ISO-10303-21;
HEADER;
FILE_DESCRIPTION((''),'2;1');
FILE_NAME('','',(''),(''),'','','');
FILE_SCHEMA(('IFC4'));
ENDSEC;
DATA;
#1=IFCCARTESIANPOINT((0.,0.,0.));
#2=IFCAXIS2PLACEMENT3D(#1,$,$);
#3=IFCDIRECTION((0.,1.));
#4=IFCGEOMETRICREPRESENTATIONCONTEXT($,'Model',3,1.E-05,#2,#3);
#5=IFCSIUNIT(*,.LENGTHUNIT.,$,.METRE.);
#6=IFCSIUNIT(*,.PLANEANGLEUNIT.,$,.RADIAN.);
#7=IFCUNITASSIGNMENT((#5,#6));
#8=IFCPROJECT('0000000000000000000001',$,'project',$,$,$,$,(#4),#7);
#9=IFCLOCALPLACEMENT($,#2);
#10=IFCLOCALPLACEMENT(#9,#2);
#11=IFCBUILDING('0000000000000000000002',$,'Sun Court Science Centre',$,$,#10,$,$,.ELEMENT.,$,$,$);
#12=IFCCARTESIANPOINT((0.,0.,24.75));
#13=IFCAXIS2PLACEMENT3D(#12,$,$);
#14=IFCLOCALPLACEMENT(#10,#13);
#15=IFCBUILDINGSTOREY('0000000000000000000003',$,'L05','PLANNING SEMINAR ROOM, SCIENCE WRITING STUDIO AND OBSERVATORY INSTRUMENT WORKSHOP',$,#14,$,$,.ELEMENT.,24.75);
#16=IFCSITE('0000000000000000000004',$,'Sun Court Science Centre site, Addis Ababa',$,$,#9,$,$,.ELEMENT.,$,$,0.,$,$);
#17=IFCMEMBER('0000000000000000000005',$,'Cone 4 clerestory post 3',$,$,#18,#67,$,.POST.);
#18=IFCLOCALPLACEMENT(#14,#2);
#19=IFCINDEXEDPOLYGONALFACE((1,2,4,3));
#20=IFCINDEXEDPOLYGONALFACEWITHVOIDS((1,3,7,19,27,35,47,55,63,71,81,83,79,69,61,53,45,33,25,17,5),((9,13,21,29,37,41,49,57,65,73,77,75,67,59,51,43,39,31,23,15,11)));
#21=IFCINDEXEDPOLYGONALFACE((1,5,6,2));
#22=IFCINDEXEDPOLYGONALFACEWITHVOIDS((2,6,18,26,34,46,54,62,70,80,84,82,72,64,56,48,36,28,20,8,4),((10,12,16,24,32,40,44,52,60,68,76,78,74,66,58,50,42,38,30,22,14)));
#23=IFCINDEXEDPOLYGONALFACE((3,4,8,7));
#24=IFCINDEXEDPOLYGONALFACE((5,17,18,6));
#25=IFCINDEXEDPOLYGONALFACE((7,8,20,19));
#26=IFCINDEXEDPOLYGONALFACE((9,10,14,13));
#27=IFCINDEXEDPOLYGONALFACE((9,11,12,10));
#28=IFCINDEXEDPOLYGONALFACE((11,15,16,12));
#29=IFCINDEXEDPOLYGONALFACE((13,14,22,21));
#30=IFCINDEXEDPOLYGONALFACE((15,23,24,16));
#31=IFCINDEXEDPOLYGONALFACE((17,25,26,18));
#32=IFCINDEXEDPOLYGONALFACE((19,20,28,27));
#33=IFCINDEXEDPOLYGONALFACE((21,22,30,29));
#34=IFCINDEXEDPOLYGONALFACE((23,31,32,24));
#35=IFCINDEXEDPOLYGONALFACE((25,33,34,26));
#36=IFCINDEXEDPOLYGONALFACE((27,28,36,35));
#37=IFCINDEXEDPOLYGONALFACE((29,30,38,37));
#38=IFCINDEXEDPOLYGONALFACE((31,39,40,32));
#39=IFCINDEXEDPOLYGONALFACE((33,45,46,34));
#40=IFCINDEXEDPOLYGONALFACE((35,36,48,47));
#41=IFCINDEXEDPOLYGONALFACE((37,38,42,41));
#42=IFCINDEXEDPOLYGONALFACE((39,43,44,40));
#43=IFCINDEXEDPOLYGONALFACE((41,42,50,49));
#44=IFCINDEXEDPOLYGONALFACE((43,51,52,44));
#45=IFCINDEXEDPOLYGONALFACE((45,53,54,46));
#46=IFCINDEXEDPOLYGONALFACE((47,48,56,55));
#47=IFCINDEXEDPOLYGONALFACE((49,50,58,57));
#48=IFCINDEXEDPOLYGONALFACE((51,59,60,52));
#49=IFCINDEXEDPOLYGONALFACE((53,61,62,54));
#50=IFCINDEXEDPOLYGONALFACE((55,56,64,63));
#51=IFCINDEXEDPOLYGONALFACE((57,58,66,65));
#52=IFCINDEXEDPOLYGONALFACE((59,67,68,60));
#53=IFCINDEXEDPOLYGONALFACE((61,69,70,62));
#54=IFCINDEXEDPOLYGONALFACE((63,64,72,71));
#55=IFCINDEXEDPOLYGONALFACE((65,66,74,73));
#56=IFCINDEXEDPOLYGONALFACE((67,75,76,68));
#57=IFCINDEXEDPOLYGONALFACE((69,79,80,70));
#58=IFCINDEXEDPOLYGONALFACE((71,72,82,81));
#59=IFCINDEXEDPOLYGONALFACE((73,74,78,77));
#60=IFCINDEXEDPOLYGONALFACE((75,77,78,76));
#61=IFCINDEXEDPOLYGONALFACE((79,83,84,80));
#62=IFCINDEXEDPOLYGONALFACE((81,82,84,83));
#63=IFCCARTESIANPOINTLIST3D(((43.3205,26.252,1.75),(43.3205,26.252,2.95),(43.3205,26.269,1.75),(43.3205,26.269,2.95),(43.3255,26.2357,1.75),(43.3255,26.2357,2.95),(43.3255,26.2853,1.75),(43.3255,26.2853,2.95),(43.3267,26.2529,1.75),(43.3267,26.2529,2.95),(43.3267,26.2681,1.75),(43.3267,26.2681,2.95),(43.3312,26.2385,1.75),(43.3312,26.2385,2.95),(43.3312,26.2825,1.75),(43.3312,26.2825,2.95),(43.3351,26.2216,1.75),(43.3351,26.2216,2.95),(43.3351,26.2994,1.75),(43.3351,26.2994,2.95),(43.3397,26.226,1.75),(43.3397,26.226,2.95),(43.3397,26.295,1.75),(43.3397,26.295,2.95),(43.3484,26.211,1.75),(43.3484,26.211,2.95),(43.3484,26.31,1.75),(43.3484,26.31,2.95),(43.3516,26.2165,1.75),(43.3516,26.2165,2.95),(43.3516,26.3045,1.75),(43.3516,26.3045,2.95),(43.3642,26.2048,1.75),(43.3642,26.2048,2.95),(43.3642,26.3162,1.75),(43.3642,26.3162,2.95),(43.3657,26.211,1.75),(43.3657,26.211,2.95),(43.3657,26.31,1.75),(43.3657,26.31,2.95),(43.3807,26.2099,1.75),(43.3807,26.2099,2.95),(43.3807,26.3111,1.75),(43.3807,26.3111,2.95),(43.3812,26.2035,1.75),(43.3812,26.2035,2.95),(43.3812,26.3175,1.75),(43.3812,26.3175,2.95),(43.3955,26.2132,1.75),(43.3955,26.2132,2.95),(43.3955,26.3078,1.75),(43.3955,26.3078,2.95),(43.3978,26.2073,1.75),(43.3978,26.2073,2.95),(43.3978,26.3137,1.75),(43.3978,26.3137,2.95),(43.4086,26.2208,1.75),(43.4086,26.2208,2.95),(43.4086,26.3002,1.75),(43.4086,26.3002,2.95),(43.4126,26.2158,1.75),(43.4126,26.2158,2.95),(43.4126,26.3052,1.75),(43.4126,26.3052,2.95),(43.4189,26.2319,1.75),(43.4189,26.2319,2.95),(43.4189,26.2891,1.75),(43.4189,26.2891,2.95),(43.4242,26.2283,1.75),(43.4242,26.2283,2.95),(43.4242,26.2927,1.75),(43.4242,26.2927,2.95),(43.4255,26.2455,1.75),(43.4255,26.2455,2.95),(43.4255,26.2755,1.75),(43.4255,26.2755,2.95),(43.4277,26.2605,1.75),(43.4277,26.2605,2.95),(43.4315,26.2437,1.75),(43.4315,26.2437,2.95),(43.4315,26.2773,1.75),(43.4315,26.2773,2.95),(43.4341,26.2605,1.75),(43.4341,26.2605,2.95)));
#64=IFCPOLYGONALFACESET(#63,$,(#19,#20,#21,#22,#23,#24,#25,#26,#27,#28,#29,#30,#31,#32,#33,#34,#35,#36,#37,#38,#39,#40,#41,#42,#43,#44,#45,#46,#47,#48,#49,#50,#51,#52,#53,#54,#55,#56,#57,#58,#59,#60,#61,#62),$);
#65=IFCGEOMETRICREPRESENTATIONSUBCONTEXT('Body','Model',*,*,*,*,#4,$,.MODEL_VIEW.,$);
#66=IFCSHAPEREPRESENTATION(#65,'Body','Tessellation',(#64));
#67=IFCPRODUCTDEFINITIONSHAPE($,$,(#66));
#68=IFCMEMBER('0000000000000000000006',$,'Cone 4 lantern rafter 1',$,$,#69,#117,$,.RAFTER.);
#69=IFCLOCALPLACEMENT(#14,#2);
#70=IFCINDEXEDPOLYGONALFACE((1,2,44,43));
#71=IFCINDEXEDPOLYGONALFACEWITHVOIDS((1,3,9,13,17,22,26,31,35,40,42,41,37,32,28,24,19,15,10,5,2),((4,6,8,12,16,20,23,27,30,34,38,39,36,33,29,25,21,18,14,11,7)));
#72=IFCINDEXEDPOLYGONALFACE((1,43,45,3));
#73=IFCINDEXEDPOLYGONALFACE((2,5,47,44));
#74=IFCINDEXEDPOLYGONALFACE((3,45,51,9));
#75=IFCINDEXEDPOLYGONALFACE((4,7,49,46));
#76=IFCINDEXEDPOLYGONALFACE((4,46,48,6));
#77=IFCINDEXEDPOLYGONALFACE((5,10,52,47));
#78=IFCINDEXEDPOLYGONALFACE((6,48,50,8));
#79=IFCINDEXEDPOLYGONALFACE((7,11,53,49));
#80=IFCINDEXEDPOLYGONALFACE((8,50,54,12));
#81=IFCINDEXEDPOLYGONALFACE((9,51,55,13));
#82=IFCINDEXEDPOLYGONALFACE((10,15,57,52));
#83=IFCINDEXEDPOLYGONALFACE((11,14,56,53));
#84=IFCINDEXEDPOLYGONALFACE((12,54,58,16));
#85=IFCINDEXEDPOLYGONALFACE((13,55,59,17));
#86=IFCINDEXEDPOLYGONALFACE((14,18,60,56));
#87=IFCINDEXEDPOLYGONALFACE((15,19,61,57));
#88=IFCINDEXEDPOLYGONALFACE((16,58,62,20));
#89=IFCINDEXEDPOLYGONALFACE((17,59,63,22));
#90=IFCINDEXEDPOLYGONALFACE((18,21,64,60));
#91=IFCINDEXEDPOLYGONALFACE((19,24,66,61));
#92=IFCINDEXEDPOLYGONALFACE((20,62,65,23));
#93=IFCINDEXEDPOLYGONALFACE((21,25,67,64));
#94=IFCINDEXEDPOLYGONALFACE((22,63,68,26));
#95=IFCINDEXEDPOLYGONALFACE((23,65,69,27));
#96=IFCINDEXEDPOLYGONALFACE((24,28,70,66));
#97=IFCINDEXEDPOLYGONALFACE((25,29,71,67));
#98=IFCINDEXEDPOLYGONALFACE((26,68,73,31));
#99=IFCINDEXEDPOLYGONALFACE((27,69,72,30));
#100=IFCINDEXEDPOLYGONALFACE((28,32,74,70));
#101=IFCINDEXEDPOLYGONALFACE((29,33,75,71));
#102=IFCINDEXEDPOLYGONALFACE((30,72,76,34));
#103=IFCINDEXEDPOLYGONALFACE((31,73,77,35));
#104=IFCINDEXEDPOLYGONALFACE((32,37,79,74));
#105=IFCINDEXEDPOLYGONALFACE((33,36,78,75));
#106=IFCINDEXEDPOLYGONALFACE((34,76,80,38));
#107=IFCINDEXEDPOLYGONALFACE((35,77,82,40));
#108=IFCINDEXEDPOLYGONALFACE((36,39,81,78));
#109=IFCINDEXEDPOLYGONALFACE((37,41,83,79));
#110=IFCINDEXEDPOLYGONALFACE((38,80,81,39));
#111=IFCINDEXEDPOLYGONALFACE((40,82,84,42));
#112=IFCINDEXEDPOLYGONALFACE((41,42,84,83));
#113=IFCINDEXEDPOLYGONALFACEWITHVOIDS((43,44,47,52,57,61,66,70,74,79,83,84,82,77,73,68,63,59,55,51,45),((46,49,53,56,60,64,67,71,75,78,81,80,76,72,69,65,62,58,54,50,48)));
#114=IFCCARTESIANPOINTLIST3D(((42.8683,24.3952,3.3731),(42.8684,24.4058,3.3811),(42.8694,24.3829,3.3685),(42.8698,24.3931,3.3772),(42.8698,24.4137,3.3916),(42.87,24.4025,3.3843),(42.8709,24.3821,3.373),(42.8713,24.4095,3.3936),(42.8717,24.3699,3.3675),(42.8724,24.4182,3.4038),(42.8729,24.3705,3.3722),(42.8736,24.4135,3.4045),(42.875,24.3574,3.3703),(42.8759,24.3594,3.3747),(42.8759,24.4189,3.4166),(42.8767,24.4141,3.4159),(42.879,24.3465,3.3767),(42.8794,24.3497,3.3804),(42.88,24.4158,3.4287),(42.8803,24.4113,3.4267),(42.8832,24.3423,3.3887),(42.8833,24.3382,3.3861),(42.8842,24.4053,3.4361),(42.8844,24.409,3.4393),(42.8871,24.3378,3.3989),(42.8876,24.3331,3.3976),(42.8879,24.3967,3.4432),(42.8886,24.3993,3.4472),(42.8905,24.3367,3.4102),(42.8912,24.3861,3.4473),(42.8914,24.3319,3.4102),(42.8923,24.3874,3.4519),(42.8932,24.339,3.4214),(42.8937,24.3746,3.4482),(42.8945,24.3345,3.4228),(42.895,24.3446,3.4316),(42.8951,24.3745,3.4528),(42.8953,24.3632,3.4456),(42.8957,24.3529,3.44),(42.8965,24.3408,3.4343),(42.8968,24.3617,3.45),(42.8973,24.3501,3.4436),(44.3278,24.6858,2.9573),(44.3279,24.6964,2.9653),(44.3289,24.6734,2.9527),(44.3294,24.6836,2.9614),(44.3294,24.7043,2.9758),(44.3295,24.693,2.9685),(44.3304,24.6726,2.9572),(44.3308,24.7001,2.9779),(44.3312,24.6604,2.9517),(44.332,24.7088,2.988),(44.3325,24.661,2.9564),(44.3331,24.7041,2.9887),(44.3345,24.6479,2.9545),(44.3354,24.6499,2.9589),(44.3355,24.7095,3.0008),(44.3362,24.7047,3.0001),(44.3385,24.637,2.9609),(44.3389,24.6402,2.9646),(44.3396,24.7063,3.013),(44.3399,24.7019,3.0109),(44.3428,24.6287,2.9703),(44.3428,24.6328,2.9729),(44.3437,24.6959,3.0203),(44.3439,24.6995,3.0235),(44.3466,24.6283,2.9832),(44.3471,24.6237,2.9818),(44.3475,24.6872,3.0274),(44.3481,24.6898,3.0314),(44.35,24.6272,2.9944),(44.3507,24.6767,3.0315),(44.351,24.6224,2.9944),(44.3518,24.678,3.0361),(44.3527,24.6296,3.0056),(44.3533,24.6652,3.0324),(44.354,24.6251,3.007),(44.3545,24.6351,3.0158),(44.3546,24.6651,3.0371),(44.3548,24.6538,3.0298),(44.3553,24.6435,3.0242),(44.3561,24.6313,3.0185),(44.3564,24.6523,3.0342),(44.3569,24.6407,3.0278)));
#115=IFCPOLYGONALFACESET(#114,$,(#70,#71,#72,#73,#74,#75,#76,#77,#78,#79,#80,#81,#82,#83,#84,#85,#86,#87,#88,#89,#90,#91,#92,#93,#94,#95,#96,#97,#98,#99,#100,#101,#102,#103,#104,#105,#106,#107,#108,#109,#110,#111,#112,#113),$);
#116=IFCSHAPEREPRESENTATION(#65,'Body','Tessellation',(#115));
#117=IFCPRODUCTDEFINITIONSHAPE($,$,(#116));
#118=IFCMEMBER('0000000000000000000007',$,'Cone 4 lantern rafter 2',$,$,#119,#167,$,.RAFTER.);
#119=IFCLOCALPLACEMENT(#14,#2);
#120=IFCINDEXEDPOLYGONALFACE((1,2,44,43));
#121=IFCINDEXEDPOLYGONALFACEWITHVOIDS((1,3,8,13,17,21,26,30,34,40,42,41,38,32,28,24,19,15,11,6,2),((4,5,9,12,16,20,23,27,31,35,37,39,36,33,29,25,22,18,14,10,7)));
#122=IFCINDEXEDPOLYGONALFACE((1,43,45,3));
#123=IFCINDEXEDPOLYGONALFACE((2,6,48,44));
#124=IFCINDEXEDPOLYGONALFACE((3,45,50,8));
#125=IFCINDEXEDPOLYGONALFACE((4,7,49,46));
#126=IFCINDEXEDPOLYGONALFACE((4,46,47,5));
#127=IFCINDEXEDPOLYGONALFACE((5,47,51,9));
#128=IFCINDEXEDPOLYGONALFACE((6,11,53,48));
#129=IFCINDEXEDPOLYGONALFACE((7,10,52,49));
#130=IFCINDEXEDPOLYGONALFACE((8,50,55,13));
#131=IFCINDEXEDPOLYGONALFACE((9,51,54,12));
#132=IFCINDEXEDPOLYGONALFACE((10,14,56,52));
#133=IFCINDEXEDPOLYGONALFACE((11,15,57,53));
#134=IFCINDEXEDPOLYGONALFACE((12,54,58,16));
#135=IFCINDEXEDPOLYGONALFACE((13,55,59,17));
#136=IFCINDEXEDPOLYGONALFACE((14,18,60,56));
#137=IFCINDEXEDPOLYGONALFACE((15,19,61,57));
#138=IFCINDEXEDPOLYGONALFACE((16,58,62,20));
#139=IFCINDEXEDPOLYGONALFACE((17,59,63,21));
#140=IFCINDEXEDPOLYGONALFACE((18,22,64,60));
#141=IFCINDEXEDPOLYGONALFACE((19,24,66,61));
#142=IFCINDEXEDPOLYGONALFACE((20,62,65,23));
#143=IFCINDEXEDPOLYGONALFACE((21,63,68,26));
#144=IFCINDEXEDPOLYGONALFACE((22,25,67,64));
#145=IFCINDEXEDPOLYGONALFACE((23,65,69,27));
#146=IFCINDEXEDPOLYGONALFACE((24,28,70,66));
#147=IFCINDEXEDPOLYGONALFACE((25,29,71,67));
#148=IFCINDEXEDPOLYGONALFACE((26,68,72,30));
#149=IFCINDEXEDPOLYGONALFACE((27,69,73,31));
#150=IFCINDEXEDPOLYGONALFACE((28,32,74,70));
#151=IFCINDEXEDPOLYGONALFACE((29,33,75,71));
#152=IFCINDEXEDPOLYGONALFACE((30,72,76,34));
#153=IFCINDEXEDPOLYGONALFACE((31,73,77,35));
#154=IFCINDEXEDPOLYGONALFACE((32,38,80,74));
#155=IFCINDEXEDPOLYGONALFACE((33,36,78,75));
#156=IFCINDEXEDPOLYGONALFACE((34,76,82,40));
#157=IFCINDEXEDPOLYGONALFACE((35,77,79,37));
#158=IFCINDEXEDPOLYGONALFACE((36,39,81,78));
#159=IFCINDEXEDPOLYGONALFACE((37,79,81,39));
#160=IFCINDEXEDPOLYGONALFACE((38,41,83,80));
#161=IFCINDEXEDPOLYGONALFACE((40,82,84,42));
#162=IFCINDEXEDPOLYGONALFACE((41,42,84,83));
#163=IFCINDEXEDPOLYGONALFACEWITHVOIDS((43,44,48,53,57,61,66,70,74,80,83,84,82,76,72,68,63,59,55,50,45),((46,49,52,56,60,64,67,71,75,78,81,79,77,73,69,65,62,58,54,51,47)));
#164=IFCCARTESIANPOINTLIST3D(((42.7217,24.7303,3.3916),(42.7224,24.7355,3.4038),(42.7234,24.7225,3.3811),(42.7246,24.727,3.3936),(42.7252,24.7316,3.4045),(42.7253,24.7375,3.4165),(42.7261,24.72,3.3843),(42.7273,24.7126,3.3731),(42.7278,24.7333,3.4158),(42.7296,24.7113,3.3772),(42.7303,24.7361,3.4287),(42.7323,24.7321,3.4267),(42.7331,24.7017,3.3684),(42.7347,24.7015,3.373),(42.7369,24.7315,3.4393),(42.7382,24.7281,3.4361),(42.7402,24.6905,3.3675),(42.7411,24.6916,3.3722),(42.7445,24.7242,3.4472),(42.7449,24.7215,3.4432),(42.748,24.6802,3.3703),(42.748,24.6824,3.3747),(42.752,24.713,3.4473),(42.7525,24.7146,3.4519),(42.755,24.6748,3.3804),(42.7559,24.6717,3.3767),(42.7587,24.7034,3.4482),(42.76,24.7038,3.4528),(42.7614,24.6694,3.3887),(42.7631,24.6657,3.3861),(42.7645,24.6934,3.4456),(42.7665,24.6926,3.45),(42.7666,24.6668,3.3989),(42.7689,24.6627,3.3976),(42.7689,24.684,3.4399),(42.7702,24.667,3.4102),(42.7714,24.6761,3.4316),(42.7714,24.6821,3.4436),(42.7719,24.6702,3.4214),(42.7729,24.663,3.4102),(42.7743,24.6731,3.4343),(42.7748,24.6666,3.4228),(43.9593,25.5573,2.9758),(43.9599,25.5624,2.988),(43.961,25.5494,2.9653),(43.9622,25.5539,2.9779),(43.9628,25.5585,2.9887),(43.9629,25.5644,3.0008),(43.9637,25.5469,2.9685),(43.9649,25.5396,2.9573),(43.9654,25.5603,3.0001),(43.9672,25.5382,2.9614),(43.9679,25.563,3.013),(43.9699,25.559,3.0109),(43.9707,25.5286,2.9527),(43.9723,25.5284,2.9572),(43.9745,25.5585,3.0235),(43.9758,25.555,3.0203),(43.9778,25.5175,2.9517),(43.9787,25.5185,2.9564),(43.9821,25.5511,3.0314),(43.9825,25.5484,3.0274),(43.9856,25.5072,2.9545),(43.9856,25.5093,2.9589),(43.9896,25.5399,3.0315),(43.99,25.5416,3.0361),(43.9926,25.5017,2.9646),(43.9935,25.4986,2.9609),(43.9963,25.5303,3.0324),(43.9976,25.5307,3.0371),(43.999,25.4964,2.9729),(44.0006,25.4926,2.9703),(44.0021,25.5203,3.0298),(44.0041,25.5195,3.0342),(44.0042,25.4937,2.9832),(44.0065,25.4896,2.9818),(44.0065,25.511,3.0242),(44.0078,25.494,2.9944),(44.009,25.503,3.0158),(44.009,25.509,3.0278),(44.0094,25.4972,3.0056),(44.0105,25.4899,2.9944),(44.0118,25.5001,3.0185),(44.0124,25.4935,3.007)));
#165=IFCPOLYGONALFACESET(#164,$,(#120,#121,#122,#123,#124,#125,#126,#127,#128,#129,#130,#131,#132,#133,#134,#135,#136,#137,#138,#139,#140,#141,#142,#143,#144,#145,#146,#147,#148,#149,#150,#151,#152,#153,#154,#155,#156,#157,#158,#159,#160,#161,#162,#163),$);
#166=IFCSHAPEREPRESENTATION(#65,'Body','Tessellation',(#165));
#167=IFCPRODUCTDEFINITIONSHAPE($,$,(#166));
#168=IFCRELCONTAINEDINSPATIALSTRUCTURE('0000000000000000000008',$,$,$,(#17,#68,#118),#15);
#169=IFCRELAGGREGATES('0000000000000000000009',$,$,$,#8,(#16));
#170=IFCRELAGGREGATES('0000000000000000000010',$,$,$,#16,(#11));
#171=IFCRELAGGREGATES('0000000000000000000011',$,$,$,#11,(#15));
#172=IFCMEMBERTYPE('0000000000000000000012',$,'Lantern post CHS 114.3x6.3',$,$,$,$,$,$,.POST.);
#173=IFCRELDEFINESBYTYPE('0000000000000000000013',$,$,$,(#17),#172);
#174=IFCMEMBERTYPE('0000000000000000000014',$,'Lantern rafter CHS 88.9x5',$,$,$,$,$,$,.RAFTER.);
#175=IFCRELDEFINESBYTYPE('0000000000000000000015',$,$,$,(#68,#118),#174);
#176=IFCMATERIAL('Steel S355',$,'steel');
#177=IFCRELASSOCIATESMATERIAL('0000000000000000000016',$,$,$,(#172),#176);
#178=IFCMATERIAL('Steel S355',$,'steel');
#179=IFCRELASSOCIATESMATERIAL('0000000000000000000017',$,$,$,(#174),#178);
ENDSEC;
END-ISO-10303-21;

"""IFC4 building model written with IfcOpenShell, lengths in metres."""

from ifc_helpers import new_model, si_unit, direction, frame, origin, origin_2d, place, context, subcontext, project, spatial, hollow_circle, extrude, material, material_profile, profile_set, type_object, element, save


model = new_model("IFC4")

# Units and contexts
model_context = context("Model", 3, precision=1e-05, world=origin(), true_north=direction((0.0, 1.0)))
body_context = subcontext(model_context, "Body", "Model", "MODEL_VIEW")
ifc_project = project(units=[si_unit("LENGTHUNIT", "METRE"), si_unit("PLANEANGLEUNIT", "RADIAN")], contexts=[model_context])

# Site, building, storey
site_placement = place(None, origin())
site = spatial("IfcSite", under=ifc_project, at=site_placement, Name="Sun Court Science Centre site, Addis Ababa", CompositionType="ELEMENT", RefElevation=0.0)
building_placement = place(site_placement, origin())
building = spatial("IfcBuilding", under=site, at=building_placement, Name="Sun Court Science Centre", CompositionType="ELEMENT")
storey_placement = place(building_placement, frame((0.0, 0.0, 24.75)))
storey = spatial("IfcBuildingStorey", under=building, at=storey_placement, Name="L05", Description="PLANNING SEMINAR ROOM, SCIENCE WRITING STUDIO AND OBSERVATORY INSTRUMENT WORKSHOP", CompositionType="ELEMENT", Elevation=24.75)

# Members
ifc_material_1 = material(Name="Steel S355", Category="steel")
ifc_material_profile_1 = material_profile(ifc_material_1, hollow_circle(Radius=0.0571, WallThickness=0.0063, at=origin_2d()), Name="CHS 114.3x6.3")
ifc_profile_set_1 = profile_set([ifc_material_profile_1], Name="Steel S355")
member_type_1 = type_object("IfcMemberType", Name="Lantern post CHS 114.3x6.3", PredefinedType="POST", material=ifc_profile_set_1)
for number, where, z_axis, x_axis, name in (
    (1, (43.377, 26.2605, 1.75), (0.0, 0.0, 1.0), (1.0, 0.0, 0.0), "Cone 4 clerestory post 3"),
):
    element("IfcMember", number, at=place(storey_placement, frame(where, z_axis=z_axis, x_axis=x_axis)), inside=storey, type_object=member_type_1, Name=name, PredefinedType="POST", context=body_context, shape_type="SweptSolid", body=[
        extrude(hollow_circle(Radius=0.0571, WallThickness=0.0063, at=origin_2d()), origin(), (0.0, 0.0, 1.0), 1.2),
    ])
ifc_material_2 = material(Name="Steel S355", Category="steel")
ifc_material_profile_2 = material_profile(ifc_material_2, hollow_circle(Radius=0.0444, WallThickness=0.0049, at=origin_2d()), Name="CHS 88.9x5")
ifc_profile_set_2 = profile_set([ifc_material_profile_2], Name="Steel S355")
member_type_2 = type_object("IfcMemberType", Name="Lantern rafter CHS 88.9x5", PredefinedType="RAFTER", material=ifc_profile_set_2)
member_1_placement = place(storey_placement, frame((44.3423, 24.666, 2.9944), z_axis=(-0.944582, -0.188031, 0.26909), x_axis=(0.195233, -0.980757, 0.0)))
element("IfcMember", 2, at=member_1_placement, inside=storey, type_object=member_type_2, Name="Cone 4 lantern rafter 1", PredefinedType="RAFTER", context=body_context, shape_type="SweptSolid", body=[
    extrude(hollow_circle(Radius=0.0444, WallThickness=0.0049, at=origin_2d()), origin(), (0.0, 0.0, 1.0), 1.5452),
])
for number, where, z_axis, x_axis, name in (
    (3, (43.9858, 25.5269, 2.9944), (-0.800811, -0.535086, 0.269044), (0.555571, -0.831469, 0.0), "Cone 4 lantern rafter 2"),
):
    element("IfcMember", number, at=place(storey_placement, frame(where, z_axis=z_axis, x_axis=x_axis)), inside=storey, type_object=member_type_2, Name=name, PredefinedType="RAFTER", context=body_context, shape_type="SweptSolid", body=[
        extrude(hollow_circle(Radius=0.0444, WallThickness=0.0049, at=origin_2d()), origin(), (0.0, 0.0, 1.0), 1.5454),
    ])

save(model, "model.ifc")
